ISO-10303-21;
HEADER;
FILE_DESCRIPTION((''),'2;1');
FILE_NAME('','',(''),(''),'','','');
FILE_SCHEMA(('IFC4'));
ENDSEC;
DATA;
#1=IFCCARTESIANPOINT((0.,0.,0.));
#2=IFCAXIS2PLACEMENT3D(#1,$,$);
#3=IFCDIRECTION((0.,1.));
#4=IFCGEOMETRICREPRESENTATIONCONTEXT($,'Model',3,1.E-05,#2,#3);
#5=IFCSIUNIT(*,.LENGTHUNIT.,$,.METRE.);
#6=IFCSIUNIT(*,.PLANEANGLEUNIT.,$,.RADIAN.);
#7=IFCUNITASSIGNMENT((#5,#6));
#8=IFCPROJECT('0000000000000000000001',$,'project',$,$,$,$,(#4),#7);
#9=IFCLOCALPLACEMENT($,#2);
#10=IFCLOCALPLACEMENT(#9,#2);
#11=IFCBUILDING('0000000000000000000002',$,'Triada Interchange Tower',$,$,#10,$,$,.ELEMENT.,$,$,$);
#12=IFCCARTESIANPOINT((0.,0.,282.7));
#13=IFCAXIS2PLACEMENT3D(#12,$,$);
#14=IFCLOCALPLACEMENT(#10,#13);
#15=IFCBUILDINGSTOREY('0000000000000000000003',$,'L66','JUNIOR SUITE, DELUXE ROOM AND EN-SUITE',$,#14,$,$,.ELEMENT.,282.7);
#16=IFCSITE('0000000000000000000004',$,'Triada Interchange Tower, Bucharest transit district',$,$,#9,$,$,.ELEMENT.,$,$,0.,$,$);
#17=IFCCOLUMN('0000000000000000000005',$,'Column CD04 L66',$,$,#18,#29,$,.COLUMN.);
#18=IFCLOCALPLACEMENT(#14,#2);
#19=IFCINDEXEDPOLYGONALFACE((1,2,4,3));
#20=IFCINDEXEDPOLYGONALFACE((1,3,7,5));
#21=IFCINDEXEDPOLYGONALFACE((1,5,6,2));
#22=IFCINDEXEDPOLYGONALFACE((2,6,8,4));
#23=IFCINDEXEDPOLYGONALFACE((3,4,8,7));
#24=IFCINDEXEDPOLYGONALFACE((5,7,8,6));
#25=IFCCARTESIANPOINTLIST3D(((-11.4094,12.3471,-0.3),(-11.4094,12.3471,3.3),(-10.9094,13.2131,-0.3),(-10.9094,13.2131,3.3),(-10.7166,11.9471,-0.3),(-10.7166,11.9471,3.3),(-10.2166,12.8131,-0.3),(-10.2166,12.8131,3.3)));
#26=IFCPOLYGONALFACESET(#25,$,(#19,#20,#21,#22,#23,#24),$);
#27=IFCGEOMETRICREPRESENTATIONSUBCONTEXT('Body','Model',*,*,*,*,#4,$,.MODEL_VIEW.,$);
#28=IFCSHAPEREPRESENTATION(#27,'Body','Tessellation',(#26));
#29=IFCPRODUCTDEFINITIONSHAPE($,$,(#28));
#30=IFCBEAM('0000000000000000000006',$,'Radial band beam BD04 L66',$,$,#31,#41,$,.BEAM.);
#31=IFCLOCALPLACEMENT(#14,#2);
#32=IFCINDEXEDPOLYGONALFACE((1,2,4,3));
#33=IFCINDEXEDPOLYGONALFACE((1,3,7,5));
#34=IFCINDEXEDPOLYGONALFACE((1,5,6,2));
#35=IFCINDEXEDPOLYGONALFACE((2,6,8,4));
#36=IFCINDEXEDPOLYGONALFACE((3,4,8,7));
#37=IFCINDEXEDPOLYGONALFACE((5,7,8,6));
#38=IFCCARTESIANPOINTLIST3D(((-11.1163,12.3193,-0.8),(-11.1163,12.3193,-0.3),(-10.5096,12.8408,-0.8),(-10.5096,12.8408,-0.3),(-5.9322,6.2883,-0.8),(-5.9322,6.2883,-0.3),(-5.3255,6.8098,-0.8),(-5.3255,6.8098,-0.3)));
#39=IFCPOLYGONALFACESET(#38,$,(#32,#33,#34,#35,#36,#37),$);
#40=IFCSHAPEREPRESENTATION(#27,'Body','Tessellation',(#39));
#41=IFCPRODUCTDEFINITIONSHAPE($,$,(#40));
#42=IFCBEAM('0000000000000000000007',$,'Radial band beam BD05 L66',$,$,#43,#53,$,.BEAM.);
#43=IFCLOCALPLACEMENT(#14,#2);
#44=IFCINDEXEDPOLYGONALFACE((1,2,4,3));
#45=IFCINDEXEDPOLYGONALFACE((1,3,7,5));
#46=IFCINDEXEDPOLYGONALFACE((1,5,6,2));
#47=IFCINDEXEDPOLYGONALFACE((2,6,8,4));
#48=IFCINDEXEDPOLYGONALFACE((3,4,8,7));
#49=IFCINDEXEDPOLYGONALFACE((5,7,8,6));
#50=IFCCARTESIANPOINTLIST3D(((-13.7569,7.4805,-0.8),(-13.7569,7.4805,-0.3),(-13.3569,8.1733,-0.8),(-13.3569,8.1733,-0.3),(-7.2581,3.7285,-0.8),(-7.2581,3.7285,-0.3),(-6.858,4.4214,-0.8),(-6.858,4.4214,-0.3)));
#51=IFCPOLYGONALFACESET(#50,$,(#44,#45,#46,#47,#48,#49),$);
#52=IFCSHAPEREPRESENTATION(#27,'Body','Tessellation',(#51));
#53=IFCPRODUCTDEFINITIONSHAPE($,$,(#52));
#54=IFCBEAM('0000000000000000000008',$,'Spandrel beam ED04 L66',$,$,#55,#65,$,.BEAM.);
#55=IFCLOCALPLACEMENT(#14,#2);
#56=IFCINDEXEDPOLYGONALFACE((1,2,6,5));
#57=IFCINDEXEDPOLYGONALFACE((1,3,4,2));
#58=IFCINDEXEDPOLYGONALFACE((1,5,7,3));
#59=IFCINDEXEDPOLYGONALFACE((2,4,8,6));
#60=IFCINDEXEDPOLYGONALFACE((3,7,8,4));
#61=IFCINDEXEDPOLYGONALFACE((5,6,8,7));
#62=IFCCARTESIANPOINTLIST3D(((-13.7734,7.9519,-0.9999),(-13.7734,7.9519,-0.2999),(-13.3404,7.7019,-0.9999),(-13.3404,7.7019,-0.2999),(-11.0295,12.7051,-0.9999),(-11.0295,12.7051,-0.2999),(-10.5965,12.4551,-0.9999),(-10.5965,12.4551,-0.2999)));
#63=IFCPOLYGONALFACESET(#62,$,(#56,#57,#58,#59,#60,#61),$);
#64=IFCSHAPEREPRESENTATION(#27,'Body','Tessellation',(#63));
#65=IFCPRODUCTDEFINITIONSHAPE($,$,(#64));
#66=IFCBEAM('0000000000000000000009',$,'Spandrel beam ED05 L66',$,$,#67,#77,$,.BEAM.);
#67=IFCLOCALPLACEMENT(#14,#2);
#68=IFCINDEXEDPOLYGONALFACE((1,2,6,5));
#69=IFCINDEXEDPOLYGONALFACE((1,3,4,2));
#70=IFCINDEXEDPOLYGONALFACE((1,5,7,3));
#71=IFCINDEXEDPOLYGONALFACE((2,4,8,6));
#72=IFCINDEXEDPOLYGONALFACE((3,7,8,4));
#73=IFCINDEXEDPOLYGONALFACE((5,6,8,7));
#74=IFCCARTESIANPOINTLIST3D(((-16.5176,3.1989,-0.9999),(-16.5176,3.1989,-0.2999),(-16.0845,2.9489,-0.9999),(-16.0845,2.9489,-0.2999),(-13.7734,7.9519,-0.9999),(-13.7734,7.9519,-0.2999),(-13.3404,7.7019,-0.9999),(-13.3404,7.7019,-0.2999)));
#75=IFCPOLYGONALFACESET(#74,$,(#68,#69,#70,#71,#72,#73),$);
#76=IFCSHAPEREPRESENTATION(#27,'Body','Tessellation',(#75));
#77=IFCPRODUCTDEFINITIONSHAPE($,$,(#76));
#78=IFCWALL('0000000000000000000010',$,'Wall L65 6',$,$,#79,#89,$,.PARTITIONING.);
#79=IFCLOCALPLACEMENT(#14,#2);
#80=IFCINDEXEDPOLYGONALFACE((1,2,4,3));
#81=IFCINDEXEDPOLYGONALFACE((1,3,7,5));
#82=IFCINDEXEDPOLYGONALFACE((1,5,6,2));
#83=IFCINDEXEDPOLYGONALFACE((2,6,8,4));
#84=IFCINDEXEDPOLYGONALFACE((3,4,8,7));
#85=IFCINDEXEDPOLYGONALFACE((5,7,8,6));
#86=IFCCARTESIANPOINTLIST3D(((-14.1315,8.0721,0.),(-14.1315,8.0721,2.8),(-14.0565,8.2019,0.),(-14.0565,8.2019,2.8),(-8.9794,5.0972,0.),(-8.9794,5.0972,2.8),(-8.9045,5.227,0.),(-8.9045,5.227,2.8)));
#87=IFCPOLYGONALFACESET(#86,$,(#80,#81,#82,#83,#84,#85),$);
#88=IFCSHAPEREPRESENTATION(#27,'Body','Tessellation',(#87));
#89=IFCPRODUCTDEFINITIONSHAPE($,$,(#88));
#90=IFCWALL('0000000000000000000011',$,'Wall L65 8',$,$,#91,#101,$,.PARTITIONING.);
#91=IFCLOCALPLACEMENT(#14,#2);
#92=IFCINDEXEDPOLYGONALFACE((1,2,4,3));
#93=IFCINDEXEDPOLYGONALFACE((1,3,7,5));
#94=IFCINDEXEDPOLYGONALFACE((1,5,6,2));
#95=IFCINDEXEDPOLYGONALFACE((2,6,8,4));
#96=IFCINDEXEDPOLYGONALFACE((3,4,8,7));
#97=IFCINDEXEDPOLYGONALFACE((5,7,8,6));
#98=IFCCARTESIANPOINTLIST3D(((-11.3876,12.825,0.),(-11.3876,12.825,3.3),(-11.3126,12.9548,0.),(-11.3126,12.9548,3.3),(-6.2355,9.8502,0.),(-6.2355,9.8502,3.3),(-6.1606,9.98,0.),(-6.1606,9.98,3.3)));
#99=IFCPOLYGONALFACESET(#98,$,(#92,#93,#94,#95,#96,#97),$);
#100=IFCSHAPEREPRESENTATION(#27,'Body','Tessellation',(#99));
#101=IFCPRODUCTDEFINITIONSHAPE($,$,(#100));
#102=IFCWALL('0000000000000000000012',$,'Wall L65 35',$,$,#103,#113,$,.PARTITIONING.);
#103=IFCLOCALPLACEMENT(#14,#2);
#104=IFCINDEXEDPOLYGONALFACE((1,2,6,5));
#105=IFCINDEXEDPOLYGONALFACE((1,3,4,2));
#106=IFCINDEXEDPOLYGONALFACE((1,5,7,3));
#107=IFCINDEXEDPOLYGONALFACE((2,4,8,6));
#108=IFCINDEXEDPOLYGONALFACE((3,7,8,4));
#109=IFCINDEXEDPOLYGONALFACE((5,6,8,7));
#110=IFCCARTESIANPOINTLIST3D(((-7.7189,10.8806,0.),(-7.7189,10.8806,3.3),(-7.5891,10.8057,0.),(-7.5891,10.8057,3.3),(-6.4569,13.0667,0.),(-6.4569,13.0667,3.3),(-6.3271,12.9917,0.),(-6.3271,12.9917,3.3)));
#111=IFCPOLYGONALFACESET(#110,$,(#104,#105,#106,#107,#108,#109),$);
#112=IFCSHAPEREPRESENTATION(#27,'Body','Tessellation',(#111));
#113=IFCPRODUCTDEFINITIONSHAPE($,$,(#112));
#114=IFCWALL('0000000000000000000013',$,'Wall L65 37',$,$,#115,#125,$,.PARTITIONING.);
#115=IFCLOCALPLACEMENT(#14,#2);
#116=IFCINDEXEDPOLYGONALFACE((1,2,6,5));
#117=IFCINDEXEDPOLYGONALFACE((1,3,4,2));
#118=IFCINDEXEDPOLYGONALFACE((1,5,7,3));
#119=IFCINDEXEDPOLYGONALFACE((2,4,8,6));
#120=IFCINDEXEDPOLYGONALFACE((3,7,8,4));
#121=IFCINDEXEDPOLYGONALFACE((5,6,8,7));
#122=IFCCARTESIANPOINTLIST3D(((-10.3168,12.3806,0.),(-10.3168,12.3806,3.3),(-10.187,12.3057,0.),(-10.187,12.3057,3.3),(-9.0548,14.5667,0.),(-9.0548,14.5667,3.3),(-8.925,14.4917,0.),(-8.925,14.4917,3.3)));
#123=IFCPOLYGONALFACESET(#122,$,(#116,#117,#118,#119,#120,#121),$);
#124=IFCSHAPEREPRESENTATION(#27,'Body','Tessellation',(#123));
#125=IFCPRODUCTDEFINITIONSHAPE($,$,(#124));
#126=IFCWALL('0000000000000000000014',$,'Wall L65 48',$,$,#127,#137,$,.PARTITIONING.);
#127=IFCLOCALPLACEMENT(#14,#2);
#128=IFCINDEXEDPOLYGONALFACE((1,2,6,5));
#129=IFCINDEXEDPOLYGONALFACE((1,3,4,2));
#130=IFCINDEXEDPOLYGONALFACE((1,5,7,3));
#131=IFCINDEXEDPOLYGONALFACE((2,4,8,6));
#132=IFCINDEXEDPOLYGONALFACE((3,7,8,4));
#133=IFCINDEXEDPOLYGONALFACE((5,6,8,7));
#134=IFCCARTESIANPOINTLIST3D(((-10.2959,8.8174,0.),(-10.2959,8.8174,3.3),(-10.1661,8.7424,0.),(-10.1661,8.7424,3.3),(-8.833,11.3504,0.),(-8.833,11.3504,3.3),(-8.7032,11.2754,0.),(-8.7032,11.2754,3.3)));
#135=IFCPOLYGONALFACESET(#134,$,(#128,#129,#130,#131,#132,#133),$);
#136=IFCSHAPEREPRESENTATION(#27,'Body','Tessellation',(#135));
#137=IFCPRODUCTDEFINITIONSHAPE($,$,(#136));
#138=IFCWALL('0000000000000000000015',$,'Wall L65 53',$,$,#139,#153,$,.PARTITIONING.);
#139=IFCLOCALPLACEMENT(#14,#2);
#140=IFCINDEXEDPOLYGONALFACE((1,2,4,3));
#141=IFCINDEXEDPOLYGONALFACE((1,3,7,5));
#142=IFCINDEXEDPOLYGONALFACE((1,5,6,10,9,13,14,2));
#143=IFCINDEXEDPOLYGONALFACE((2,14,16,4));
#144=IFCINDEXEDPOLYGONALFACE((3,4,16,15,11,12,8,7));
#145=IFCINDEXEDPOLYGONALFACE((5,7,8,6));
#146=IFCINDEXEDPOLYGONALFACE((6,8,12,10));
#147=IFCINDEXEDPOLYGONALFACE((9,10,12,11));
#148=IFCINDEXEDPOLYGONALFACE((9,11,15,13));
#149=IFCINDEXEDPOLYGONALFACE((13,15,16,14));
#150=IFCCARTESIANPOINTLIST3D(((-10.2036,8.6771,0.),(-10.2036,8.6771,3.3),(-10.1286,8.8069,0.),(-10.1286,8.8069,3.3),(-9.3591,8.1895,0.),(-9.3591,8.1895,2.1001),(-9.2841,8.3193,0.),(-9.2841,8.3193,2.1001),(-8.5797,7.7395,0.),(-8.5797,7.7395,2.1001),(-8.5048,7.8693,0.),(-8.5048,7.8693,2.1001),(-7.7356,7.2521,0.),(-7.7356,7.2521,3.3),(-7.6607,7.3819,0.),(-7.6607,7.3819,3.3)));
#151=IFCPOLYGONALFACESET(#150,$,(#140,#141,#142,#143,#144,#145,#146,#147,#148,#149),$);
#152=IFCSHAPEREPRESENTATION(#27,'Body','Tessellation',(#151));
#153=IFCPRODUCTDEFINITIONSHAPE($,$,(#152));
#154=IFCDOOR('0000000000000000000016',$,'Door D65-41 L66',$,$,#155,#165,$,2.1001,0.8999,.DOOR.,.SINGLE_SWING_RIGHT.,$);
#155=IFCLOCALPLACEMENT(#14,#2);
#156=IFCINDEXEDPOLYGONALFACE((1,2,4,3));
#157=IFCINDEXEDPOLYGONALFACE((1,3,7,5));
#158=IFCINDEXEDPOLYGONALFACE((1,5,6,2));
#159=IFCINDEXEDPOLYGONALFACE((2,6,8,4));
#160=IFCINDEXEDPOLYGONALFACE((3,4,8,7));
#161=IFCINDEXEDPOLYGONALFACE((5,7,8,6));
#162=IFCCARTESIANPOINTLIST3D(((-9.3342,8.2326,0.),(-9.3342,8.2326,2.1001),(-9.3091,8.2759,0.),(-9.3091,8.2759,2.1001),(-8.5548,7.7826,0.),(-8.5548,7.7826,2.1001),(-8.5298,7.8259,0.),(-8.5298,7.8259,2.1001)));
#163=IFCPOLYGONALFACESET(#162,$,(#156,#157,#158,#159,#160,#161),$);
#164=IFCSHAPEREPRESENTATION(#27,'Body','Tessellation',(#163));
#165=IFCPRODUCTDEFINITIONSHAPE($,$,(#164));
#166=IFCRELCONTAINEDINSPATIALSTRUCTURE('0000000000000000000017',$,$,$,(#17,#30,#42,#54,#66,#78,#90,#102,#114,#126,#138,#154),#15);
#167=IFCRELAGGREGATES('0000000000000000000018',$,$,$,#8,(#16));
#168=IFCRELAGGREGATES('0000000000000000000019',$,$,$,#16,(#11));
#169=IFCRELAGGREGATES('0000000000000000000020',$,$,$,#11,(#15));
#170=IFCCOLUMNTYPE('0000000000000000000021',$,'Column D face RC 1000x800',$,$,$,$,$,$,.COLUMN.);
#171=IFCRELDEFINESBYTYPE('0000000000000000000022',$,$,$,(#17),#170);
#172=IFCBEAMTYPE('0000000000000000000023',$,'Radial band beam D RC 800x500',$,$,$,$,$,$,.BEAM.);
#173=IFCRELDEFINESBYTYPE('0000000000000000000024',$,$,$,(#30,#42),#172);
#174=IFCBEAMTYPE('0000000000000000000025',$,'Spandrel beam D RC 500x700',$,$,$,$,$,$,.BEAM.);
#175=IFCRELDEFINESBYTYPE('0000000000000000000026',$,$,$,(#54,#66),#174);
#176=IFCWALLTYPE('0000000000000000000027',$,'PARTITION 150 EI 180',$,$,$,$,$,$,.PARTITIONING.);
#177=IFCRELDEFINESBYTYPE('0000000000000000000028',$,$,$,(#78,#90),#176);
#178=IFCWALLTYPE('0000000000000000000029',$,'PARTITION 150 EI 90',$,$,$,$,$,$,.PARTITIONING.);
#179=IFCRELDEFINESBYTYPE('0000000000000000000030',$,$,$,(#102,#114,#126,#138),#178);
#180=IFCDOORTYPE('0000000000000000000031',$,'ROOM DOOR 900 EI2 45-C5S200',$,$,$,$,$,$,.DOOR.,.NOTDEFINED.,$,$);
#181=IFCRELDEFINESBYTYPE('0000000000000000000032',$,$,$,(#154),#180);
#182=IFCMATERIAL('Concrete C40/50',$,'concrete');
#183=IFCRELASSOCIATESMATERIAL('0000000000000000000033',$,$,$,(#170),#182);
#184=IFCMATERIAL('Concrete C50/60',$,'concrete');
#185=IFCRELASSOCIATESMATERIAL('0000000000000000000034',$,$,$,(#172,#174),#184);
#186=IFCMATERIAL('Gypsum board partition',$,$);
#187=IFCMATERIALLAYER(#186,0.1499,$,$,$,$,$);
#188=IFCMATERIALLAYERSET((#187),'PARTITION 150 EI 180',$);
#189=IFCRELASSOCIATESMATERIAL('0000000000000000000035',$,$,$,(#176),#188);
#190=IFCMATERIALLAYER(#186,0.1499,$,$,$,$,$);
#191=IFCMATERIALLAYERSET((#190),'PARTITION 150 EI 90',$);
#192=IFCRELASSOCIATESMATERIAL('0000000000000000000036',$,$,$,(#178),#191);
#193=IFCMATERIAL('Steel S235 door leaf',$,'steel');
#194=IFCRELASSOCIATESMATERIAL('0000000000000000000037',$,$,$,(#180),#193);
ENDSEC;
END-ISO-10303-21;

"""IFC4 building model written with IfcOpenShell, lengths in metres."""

from ifc_helpers import new_model, si_unit, direction, frame, frame_2d, origin, origin_2d, place, context, subcontext, project, spatial, rectangle, extrude, material, layer, layer_set, material_profile, profile_set, type_object, element, fill, save


model = new_model("IFC4")

# Units and contexts
model_context = context("Model", 3, precision=1e-05, world=origin(), true_north=direction((0.0, 1.0)))
body_context = subcontext(model_context, "Body", "Model", "MODEL_VIEW")
ifc_project = project(units=[si_unit("LENGTHUNIT", "METRE"), si_unit("PLANEANGLEUNIT", "RADIAN")], contexts=[model_context])

# Site, building, storey
site_placement = place(None, origin())
site = spatial("IfcSite", under=ifc_project, at=site_placement, Name="Triada Interchange Tower, Bucharest transit district", CompositionType="ELEMENT", RefElevation=0.0)
building_placement = place(site_placement, origin())
building = spatial("IfcBuilding", under=site, at=building_placement, Name="Triada Interchange Tower", CompositionType="ELEMENT")
storey_placement = place(building_placement, frame((0.0, 0.0, 282.7)))
storey = spatial("IfcBuildingStorey", under=building, at=storey_placement, Name="L66", Description="JUNIOR SUITE, DELUXE ROOM AND EN-SUITE", CompositionType="ELEMENT", Elevation=282.7)

# Column
ifc_material_1 = material(Name="Concrete C40/50", Category="concrete")
ifc_material_profile_1 = material_profile(ifc_material_1, rectangle(XDim=1.0, YDim=0.8, at=origin_2d()), Name="RC 1000x800")
ifc_profile_set_1 = profile_set([ifc_material_profile_1], Name="Concrete C40/50")
column_type = type_object("IfcColumnType", Name="Column D face RC 1000x800", PredefinedType="COLUMN", material=ifc_profile_set_1)
column_placement = place(storey_placement, frame((-10.813, 12.5801, -0.3), z_axis=(0.0, 0.0, 1.0), x_axis=(0.5, 0.866025, 0.0)))
element("IfcColumn", 1, at=column_placement, inside=storey, type_object=column_type, Name="Column CD04 L66", PredefinedType="COLUMN", context=body_context, shape_type="SweptSolid", body=[
    extrude(rectangle(XDim=1.0, YDim=0.8, at=origin_2d()), origin(), (0.0, 0.0, 1.0), 3.6001),
])

# Beams
ifc_material_2 = material(Name="Concrete C50/60", Category="concrete")
ifc_material_profile_2 = material_profile(ifc_material_2, rectangle(XDim=0.8, YDim=0.5, at=origin_2d()), Name="RC 800x500")
ifc_profile_set_2 = profile_set([ifc_material_profile_2], Name="Concrete C50/60")
beam_type_1 = type_object("IfcBeamType", Name="Radial band beam D RC 800x500", PredefinedType="BEAM", material=ifc_profile_set_2)
beam_1_placement = place(storey_placement, frame((-10.813, 12.5801, -0.55), z_axis=(0.651853, -0.758346, 0.0), x_axis=(0.758346, 0.651853, 0.0)))
element("IfcBeam", 2, at=beam_1_placement, inside=storey, type_object=beam_type_1, Name="Radial band beam BD04 L66", PredefinedType="BEAM", context=body_context, shape_type="SweptSolid", body=[
    extrude(rectangle(XDim=0.8, YDim=0.5, at=origin_2d()), origin(), (0.0, 0.0, 1.0), 7.9529),
])
beam_2_placement = place(storey_placement, frame((-13.5569, 7.8269, -0.55), z_axis=(0.866032, -0.499988, 0.0), x_axis=(0.499988, 0.866032, 0.0)))
element("IfcBeam", 3, at=beam_2_placement, inside=storey, type_object=beam_type_1, Name="Radial band beam BD05 L66", PredefinedType="BEAM", context=body_context, shape_type="SweptSolid", body=[
    extrude(rectangle(XDim=0.8, YDim=0.5, at=origin_2d()), origin(), (0.0, 0.0, 1.0), 7.5042),
])
ifc_material_profile_3 = material_profile(ifc_material_2, rectangle(XDim=0.5, YDim=0.7, at=origin_2d()), Name="RC 500x700")
ifc_profile_set_3 = profile_set([ifc_material_profile_3], Name="Concrete C50/60")
beam_type_2 = type_object("IfcBeamType", Name="Spandrel beam D RC 500x700", PredefinedType="BEAM", material=ifc_profile_set_3)
for number, where, z_axis, x_axis, name in (
    (4, (-10.813, 12.5801, -0.6499), (-0.499952, -0.866053, 0.0), (0.866053, -0.499952, 0.0), "Spandrel beam ED04 L66"),
    (5, (-13.5569, 7.8269, -0.6499), (-0.500005, -0.866023, 0.0), (0.866023, -0.500005, 0.0), "Spandrel beam ED05 L66"),
):
    element("IfcBeam", number, at=place(storey_placement, frame(where, z_axis=z_axis, x_axis=x_axis)), inside=storey, type_object=beam_type_2, Name=name, PredefinedType="BEAM", context=body_context, shape_type="SweptSolid", body=[
        extrude(rectangle(XDim=0.5, YDim=0.7, at=origin_2d()), origin(), (0.0, 0.0, 1.0), 5.4883),
    ])

# Shared definitions
ifc_material_3 = material(Name="Steel S235 door leaf", Category="steel")

# Walls
ifc_material_4 = material(Name="Gypsum board partition")
ifc_layer_1 = layer(ifc_material_4, 0.1499)
ifc_layer_set_1 = layer_set([ifc_layer_1], Name="PARTITION 150 EI 180")
wall_type_1 = type_object("IfcWallType", Name="PARTITION 150 EI 180", PredefinedType="PARTITIONING", material=ifc_layer_set_1)
wall_1_placement = place(storey_placement, frame((-14.094, 8.137, 0.0), z_axis=(0.0, 0.0, 1.0), x_axis=(0.866004, -0.500036, 0.0)))
element("IfcWall", 6, at=wall_1_placement, inside=storey, type_object=wall_type_1, Name="Wall L65 6", PredefinedType="PARTITIONING", context=body_context, shape_type="SweptSolid", body=[
    extrude(rectangle(XDim=5.9492, YDim=0.1499, at=frame_2d((2.9746, 0.0))), origin(), (0.0, 0.0, 1.0), 2.8),
])
wall_2_placement = place(storey_placement, frame((-11.3501, 12.8899, 0.0), z_axis=(0.0, 0.0, 1.0), x_axis=(0.866004, -0.500036, 0.0)))
element("IfcWall", 7, at=wall_2_placement, inside=storey, type_object=wall_type_1, Name="Wall L65 8", PredefinedType="PARTITIONING", context=body_context, shape_type="SweptSolid", body=[
    extrude(rectangle(XDim=5.9492, YDim=0.1499, at=frame_2d((2.9746, 0.0))), origin(), (0.0, 0.0, 1.0), 3.3),
])
ifc_layer_2 = layer(ifc_material_4, 0.1499)
ifc_layer_set_2 = layer_set([ifc_layer_2], Name="PARTITION 150 EI 90")
wall_type_2 = type_object("IfcWallType", Name="PARTITION 150 EI 90", PredefinedType="PARTITIONING", material=ifc_layer_set_2)
for number, where, z_axis, x_axis, name in (
    (8, (-7.6541, 10.843, 0.0), (0.0, 0.0, 1.0), (0.499957, 0.86605, 0.0), "Wall L65 35"),
    (9, (-10.252, 12.343, 0.0), (0.0, 0.0, 1.0), (0.499957, 0.86605, 0.0), "Wall L65 37"),
):
    element("IfcWall", number, at=place(storey_placement, frame(where, z_axis=z_axis, x_axis=x_axis)), inside=storey, type_object=wall_type_2, Name=name, PredefinedType="PARTITIONING", context=body_context, shape_type="SweptSolid", body=[
        extrude(rectangle(XDim=2.5242, YDim=0.1499, at=frame_2d((1.2622, 0.0))), origin(), (0.0, 0.0, 1.0), 3.3),
    ])
wall_3_placement = place(storey_placement, frame((-10.231, 8.78, 0.0), z_axis=(0.0, 0.0, 1.0), x_axis=(0.500125, 0.865953, 0.0)))
element("IfcWall", 10, at=wall_3_placement, inside=storey, type_object=wall_type_2, Name="Wall L65 48", PredefinedType="PARTITIONING", context=body_context, shape_type="SweptSolid", body=[
    extrude(rectangle(XDim=2.925, YDim=0.1499, at=frame_2d((1.4624, 0.0))), origin(), (0.0, 0.0, 1.0), 3.3),
])

# Wall, opening, door
wall_4_placement = place(storey_placement, frame((-10.166, 8.7419, 0.0), z_axis=(0.0, 0.0, 1.0), x_axis=(0.866004, -0.500036, 0.0)))
wall_4 = element("IfcWall", 11, at=wall_4_placement, inside=storey, type_object=wall_type_2, Name="Wall L65 53", PredefinedType="PARTITIONING", context=body_context, shape_type="SweptSolid", body=[
    extrude(rectangle(XDim=2.8499, YDim=0.1499, at=frame_2d((1.4248, 0.0))), origin(), (0.0, 0.0, 1.0), 3.3),
])
opening_1_placement = place(wall_4_placement, frame((0.9751, 0.0, 0.0)))
opening_1 = element("IfcOpeningElement", 12, at=opening_1_placement, cuts=wall_4, PredefinedType="OPENING", context=body_context, shape_type="SweptSolid", body=[
    extrude(rectangle(XDim=0.8999, YDim=2.1001, at=frame_2d((0.45, 1.05))), frame((0.0, 0.085, 0.0), z_axis=(0.0, -1.0, 0.0), x_axis=(1.0, 0.0, 0.0)), (0.0, 0.0, 1.0), 0.1699),
])
door_type_1 = type_object("IfcDoorType", Name="ROOM DOOR 900 EI2 45-C5S200", OperationType="NOTDEFINED", PredefinedType="DOOR", material=ifc_material_3)
door_1_placement = place(opening_1_placement, origin())
door_1 = element("IfcDoor", 13, at=door_1_placement, inside=storey, type_object=door_type_1, Name="Door D65-41 L66", OperationType="SINGLE_SWING_RIGHT", OverallHeight=2.1001, OverallWidth=0.8999, PredefinedType="DOOR", context=body_context, shape_type="SweptSolid", body=[
    extrude(rectangle(XDim=0.8999, YDim=2.1001, at=frame_2d((0.45, 1.05))), frame((0.0, 0.0249, 0.0), z_axis=(0.0, -1.0, 0.0), x_axis=(1.0, 0.0, 0.0)), (0.0, 0.0, 1.0), 0.05),
])
fill(opening_1, door_1)

save(model, "model.ifc")
